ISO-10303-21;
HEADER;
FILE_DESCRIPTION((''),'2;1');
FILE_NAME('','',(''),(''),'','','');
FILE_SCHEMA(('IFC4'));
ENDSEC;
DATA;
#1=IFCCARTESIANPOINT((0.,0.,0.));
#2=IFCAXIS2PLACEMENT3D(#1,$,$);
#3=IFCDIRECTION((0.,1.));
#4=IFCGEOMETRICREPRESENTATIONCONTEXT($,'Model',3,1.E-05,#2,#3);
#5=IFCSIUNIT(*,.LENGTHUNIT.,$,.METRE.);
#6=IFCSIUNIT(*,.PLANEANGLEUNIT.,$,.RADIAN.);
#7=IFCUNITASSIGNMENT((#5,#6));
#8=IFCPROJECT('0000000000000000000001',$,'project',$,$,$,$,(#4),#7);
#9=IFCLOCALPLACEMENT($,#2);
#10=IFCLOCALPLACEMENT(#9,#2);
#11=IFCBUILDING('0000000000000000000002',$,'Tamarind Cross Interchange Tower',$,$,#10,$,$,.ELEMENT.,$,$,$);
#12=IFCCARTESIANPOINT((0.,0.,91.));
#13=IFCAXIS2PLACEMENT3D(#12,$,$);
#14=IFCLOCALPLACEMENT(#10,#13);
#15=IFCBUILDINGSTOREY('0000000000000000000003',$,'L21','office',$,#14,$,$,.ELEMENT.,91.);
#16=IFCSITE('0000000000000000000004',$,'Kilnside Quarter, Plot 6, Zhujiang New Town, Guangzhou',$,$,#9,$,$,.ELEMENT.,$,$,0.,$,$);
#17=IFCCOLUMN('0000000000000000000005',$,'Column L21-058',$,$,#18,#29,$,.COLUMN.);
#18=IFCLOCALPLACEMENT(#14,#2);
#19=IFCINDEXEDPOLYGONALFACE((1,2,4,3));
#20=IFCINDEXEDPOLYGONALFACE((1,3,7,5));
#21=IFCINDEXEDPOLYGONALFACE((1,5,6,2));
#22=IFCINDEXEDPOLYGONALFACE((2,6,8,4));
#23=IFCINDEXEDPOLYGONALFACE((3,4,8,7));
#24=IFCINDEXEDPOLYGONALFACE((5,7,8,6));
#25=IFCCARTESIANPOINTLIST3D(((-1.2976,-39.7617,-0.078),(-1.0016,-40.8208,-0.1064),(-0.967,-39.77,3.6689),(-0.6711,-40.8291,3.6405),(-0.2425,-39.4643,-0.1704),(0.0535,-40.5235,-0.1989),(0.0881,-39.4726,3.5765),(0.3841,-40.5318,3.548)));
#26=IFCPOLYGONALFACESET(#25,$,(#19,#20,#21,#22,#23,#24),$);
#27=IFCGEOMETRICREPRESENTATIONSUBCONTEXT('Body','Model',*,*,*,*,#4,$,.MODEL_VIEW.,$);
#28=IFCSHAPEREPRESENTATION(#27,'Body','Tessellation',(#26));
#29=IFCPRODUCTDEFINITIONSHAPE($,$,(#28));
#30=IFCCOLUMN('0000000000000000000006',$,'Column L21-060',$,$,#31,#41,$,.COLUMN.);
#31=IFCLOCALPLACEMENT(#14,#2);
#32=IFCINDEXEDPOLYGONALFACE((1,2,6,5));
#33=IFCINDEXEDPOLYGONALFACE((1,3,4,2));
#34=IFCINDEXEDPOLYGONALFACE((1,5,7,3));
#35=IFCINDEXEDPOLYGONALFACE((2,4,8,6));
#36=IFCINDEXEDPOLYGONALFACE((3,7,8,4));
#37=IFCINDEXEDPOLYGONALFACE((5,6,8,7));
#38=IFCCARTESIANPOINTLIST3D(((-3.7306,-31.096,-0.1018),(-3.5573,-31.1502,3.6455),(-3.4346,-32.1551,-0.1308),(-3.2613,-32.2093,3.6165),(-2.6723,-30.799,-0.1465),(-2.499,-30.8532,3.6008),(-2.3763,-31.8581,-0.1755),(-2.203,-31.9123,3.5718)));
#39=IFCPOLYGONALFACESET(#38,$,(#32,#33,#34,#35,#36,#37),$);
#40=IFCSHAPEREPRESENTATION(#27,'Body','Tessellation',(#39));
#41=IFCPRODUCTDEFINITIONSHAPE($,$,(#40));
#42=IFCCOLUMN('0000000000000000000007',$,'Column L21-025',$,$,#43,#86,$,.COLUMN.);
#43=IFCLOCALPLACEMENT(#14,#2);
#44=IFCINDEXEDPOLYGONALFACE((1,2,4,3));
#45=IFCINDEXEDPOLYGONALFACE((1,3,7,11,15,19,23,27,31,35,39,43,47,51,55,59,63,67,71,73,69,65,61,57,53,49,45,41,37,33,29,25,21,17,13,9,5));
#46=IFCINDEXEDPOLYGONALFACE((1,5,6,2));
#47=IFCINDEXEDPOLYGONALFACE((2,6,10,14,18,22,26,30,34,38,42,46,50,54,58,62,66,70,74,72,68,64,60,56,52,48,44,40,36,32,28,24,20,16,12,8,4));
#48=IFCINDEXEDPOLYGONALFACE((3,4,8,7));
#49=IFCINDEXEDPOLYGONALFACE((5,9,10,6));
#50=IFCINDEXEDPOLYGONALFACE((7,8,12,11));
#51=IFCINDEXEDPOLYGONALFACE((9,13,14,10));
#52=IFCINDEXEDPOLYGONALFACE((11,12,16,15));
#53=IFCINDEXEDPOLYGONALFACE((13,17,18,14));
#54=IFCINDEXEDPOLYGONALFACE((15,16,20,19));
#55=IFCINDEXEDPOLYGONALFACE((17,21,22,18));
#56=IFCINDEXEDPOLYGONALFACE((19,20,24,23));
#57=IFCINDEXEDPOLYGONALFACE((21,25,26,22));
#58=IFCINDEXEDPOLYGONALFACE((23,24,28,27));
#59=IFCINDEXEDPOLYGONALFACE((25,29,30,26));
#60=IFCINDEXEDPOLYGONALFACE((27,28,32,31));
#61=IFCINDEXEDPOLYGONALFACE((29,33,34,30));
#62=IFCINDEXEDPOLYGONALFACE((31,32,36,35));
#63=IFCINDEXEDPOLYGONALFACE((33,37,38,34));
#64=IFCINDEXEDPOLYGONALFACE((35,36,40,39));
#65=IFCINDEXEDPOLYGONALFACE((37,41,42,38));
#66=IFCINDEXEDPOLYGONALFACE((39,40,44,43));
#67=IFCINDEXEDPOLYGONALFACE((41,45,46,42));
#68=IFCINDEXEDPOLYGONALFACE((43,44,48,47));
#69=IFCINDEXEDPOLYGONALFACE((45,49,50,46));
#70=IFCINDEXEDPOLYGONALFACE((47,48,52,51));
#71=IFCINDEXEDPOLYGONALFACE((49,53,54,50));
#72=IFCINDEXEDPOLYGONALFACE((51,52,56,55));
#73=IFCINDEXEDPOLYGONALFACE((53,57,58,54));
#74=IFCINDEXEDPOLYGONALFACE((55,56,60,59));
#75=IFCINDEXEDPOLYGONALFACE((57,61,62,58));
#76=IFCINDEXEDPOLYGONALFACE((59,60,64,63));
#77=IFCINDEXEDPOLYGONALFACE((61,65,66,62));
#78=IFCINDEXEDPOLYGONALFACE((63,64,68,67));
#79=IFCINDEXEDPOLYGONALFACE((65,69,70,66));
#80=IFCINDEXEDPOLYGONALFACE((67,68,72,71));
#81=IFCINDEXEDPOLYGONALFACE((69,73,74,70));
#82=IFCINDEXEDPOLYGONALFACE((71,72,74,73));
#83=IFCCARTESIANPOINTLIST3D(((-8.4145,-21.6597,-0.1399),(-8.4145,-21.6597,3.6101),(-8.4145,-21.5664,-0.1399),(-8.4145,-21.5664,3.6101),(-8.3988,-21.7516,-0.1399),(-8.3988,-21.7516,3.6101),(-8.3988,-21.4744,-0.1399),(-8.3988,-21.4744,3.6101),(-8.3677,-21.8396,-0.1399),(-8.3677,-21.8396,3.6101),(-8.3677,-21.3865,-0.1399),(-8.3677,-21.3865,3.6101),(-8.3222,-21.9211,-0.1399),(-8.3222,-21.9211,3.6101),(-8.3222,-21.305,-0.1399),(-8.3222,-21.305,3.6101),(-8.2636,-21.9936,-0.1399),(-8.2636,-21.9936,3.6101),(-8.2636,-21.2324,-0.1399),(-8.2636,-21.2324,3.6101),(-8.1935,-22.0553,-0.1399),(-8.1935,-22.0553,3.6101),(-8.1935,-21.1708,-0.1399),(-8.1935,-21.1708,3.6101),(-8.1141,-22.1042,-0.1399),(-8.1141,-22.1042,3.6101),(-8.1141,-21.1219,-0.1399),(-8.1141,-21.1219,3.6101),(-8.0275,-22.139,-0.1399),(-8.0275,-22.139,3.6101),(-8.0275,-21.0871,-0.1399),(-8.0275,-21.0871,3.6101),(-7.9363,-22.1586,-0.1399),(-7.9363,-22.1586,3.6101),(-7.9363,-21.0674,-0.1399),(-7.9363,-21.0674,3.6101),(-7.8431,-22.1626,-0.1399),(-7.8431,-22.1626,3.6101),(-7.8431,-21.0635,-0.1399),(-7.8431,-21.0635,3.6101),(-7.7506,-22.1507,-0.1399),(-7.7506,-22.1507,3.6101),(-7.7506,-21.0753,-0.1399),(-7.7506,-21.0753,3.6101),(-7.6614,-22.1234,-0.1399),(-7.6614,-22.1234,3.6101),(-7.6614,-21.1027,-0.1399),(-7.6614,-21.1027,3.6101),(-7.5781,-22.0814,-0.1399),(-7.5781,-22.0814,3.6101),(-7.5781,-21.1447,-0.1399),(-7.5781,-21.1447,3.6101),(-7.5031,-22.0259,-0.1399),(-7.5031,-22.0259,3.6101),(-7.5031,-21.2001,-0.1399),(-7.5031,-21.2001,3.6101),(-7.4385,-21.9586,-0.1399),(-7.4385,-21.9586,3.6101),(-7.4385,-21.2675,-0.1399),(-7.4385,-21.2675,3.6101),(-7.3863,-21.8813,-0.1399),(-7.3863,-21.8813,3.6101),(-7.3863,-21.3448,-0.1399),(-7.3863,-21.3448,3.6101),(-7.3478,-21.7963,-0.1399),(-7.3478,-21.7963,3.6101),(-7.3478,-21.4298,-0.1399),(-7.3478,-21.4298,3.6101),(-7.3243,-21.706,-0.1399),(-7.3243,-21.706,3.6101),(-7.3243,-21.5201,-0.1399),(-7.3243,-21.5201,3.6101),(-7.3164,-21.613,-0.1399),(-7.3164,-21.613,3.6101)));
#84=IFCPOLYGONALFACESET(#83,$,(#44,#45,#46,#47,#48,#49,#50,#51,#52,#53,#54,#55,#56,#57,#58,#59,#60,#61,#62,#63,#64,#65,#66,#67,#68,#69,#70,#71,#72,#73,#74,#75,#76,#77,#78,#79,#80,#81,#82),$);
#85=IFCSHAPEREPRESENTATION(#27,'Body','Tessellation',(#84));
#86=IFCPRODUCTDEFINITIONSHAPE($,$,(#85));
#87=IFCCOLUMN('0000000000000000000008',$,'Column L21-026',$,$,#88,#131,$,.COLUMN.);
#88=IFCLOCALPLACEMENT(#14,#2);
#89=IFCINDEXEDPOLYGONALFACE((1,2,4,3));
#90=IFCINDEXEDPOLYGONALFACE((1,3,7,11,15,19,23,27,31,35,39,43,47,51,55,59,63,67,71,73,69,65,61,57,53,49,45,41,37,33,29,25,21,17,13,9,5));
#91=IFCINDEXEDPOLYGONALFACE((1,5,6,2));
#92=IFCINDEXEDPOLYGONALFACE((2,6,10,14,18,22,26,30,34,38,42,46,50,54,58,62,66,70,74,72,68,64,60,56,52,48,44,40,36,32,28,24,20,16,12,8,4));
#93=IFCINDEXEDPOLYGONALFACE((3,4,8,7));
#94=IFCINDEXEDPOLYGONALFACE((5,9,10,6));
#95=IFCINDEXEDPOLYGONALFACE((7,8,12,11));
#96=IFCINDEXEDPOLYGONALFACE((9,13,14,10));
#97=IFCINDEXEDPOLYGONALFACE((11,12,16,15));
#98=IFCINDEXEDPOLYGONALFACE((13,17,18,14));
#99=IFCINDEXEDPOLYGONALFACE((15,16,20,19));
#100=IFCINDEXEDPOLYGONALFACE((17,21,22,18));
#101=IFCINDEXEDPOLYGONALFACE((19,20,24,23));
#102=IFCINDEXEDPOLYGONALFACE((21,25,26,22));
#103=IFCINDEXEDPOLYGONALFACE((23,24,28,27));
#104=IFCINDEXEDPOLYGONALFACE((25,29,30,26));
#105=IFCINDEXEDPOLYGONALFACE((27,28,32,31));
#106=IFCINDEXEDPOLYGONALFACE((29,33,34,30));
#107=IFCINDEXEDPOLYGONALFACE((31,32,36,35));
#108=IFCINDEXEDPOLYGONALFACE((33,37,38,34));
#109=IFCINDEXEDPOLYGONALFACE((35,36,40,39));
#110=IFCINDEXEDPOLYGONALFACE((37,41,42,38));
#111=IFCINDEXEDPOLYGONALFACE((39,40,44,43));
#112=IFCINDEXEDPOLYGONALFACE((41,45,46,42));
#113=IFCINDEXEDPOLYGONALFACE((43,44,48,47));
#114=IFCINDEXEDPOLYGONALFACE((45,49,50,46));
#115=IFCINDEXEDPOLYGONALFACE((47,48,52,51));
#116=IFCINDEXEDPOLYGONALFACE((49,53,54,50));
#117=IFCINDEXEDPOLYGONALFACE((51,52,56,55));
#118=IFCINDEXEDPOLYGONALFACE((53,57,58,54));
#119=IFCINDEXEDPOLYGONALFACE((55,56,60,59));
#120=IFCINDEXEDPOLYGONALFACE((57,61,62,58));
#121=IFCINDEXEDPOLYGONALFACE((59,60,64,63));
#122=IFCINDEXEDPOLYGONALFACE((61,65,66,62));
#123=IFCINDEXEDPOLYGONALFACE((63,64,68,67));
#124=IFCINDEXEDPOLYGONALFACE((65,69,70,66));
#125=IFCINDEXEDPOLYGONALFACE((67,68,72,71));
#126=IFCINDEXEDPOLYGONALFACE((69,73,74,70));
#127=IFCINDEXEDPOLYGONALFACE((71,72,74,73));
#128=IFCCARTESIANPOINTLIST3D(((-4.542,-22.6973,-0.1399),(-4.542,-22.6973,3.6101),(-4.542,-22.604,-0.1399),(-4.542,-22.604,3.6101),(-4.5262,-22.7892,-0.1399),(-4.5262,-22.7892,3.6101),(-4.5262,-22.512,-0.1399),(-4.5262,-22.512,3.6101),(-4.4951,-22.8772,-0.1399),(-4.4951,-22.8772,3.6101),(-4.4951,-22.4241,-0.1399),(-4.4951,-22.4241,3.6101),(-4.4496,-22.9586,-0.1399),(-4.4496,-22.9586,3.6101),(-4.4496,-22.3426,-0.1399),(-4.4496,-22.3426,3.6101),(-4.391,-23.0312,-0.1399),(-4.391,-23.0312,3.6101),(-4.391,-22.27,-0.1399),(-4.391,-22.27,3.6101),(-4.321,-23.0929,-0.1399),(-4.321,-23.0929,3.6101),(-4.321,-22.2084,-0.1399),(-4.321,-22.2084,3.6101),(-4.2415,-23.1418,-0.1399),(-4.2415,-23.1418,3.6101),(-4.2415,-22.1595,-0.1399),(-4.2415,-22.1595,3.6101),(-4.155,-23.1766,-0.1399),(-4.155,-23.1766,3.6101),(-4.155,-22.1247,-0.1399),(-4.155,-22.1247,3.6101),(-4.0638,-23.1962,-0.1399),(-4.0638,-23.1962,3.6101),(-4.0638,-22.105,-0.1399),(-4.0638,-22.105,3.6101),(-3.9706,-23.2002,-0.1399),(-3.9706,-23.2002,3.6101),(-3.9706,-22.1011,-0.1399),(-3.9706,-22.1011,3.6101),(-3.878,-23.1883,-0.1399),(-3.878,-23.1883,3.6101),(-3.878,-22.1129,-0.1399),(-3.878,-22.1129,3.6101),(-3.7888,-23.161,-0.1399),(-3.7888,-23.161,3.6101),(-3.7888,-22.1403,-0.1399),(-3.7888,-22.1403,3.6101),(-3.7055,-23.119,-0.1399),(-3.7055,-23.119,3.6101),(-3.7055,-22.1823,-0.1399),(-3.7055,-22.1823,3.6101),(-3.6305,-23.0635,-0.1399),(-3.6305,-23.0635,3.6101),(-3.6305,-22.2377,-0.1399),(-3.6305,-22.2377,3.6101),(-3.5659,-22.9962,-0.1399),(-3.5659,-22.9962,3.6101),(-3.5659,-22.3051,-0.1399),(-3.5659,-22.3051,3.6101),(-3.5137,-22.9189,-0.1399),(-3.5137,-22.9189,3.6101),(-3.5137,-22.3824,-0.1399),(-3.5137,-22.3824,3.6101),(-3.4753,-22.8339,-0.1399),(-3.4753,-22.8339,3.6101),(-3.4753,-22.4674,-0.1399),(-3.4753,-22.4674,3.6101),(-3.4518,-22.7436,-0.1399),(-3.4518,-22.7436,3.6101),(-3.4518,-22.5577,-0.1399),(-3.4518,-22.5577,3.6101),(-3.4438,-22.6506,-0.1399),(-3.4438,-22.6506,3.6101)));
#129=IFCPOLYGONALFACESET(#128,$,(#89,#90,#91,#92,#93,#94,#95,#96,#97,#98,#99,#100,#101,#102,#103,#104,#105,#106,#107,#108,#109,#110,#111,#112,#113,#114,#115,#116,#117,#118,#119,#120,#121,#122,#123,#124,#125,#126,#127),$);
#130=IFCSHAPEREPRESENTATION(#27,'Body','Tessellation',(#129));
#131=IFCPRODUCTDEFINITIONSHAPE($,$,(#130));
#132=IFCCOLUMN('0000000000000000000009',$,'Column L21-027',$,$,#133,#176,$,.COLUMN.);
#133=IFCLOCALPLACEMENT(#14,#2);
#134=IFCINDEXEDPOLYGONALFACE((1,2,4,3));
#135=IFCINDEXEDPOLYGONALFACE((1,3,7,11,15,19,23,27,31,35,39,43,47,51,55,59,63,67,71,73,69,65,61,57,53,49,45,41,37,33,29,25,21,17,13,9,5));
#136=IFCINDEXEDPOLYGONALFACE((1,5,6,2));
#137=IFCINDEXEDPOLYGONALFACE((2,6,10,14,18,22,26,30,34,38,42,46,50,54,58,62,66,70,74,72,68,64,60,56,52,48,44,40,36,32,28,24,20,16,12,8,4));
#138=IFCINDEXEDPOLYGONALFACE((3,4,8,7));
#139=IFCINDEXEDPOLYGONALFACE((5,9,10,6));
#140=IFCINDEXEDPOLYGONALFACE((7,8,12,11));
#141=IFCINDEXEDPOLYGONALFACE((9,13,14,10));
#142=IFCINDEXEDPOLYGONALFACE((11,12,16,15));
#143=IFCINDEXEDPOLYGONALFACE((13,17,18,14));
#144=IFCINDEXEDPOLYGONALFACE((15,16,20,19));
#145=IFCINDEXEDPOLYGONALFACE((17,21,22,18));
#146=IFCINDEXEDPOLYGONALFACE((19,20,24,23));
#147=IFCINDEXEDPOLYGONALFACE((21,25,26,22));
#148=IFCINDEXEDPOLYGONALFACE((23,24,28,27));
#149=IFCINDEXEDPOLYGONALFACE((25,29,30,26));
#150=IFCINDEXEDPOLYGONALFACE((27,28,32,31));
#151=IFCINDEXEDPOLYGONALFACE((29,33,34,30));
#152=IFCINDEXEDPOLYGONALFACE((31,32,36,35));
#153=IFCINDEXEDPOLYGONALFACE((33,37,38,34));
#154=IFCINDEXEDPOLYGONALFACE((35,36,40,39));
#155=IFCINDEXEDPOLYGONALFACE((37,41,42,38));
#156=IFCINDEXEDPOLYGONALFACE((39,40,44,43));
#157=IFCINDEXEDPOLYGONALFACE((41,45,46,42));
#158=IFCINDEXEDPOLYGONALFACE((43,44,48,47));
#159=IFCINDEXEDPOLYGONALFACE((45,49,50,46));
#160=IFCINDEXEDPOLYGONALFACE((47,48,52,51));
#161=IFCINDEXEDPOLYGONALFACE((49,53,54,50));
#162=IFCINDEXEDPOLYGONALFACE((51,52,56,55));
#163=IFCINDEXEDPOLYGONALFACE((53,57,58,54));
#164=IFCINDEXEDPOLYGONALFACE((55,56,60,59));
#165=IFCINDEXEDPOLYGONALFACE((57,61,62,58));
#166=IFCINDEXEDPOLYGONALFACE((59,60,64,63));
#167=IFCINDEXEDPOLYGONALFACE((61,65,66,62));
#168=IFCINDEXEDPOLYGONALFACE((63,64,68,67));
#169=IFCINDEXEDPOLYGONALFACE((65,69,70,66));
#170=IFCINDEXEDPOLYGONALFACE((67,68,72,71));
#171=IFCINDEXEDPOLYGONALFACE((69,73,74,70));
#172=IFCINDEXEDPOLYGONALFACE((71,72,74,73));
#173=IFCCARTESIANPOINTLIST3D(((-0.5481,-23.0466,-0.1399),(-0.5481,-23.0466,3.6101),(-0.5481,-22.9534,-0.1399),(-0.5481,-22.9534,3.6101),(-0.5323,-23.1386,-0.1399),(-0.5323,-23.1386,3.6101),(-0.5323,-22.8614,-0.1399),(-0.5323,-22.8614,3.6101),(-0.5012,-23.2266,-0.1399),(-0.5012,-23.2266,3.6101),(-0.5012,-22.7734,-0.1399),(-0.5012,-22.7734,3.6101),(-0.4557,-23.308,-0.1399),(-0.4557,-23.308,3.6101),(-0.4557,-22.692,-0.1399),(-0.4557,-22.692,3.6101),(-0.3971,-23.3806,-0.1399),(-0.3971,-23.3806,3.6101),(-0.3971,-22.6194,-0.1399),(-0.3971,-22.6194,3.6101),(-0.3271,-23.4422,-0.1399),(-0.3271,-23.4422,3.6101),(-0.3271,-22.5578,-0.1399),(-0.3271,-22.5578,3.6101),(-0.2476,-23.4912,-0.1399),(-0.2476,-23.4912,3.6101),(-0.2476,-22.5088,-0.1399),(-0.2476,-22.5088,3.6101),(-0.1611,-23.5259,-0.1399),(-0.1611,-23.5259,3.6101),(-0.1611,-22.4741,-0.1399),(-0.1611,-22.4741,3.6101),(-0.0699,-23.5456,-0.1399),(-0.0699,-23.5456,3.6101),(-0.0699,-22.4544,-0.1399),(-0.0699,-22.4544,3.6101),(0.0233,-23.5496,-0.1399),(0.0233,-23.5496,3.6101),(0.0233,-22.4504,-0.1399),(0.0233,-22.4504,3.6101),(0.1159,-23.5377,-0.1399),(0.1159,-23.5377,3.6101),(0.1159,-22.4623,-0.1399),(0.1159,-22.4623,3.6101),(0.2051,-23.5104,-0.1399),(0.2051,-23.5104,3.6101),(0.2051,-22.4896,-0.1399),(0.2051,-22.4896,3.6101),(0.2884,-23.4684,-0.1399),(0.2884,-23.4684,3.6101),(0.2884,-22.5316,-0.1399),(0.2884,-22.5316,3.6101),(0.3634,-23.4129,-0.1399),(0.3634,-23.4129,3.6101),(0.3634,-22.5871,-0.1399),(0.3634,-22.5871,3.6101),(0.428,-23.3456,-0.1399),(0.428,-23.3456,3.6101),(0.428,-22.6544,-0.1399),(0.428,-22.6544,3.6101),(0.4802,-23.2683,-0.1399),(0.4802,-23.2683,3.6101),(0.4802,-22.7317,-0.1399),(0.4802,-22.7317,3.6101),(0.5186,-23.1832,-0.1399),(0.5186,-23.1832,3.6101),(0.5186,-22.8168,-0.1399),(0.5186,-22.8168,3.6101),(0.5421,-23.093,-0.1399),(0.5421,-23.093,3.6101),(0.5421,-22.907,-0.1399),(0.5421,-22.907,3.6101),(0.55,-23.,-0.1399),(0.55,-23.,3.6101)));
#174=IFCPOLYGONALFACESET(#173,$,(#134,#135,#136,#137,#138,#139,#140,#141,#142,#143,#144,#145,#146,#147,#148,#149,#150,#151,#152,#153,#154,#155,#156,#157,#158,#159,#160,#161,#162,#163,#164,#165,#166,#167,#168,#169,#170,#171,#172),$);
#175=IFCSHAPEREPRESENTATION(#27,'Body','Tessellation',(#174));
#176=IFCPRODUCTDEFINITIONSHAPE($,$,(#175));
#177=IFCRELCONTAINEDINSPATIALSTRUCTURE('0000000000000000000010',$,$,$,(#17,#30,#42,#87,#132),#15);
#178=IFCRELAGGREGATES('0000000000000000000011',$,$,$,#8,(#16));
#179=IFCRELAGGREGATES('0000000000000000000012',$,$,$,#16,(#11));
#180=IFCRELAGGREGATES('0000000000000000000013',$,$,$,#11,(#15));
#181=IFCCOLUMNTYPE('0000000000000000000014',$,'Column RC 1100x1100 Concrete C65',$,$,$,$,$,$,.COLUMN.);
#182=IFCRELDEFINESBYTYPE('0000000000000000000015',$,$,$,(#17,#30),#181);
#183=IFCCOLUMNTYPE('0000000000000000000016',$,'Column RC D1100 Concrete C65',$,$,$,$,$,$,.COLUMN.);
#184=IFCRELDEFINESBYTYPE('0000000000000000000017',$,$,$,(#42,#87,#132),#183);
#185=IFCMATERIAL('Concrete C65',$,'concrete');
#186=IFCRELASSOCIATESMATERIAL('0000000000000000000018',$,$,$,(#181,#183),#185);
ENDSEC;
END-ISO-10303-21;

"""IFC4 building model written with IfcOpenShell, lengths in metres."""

from ifc_helpers import new_model, si_unit, direction, frame, origin, origin_2d, place, context, subcontext, project, spatial, rectangle, circle, extrude, material, material_profile, profile_set, type_object, element, save


model = new_model("IFC4")

# Units and contexts
model_context = context("Model", 3, precision=1e-05, world=origin(), true_north=direction((0.0, 1.0)))
body_context = subcontext(model_context, "Body", "Model", "MODEL_VIEW")
ifc_project = project(units=[si_unit("LENGTHUNIT", "METRE"), si_unit("PLANEANGLEUNIT", "RADIAN")], contexts=[model_context])

# Site, building, storey
site_placement = place(None, origin())
site = spatial("IfcSite", under=ifc_project, at=site_placement, Name="Kilnside Quarter, Plot 6, Zhujiang New Town, Guangzhou", CompositionType="ELEMENT", RefElevation=0.0)
building_placement = place(site_placement, origin())
building = spatial("IfcBuilding", under=site, at=building_placement, Name="Tamarind Cross Interchange Tower", CompositionType="ELEMENT")
storey_placement = place(building_placement, frame((0.0, 0.0, 91.0)))
storey = spatial("IfcBuildingStorey", under=building, at=storey_placement, Name="L21", Description="office", CompositionType="ELEMENT", Elevation=91.0)

# Columns
ifc_material_1 = material(Name="Concrete C65", Category="concrete")
ifc_material_profile_1 = material_profile(ifc_material_1, rectangle(XDim=1.1001, YDim=1.1001, at=origin_2d()), Name="RC 1100x1100")
ifc_profile_set_1 = profile_set([ifc_material_profile_1], Name="Concrete C65")
column_type_1 = type_object("IfcColumnType", Name="Column RC 1100x1100 Concrete C65", PredefinedType="COLUMN", material=ifc_profile_set_1)
column_1_placement = place(storey_placement, frame((-0.6221, -40.1426, -0.1384), z_axis=(0.087884, -0.002207, 0.996128), x_axis=(-0.269052, 0.962778, 0.02587)))
element("IfcColumn", 1, at=column_1_placement, inside=storey, type_object=column_type_1, Name="Column L21-058", PredefinedType="COLUMN", context=body_context, shape_type="SweptSolid", body=[
    extrude(rectangle(XDim=1.1001, YDim=1.1001, at=origin_2d()), origin(), (0.0, 0.0, 1.0), 3.7615),
])
column_2_placement = place(storey_placement, frame((-3.0535, -31.4771, -0.1387), z_axis=(0.046203, -0.014447, 0.998828), x_axis=(-0.269064, 0.962761, 0.026371)))
element("IfcColumn", 2, at=column_2_placement, inside=storey, type_object=column_type_1, Name="Column L21-060", PredefinedType="COLUMN", context=body_context, shape_type="SweptSolid", body=[
    extrude(rectangle(XDim=1.1001, YDim=1.1001, at=origin_2d()), origin(), (0.0, 0.0, 1.0), 3.7517),
])
ifc_material_profile_2 = material_profile(ifc_material_1, circle(Radius=0.55, at=origin_2d()), Name="RC D1100")
ifc_profile_set_2 = profile_set([ifc_material_profile_2], Name="Concrete C65")
column_type_2 = type_object("IfcColumnType", Name="Column RC D1100 Concrete C65", PredefinedType="COLUMN", material=ifc_profile_set_2)
for number, where, z_axis, x_axis, name in (
    (3, (-7.8665, -21.613, -0.1399), (0.0, 0.0, 1.0), (1.0, 0.0, 0.0), "Column L21-025"),
    (4, (-3.9939, -22.6506, -0.1399), (0.0, 0.0, 1.0), (1.0, 0.0, 0.0), "Column L21-026"),
    (5, (0.0, -23.0, -0.1399), (0.0, 0.0, 1.0), (1.0, 0.0, 0.0), "Column L21-027"),
):
    element("IfcColumn", number, at=place(storey_placement, frame(where, z_axis=z_axis, x_axis=x_axis)), inside=storey, type_object=column_type_2, Name=name, PredefinedType="COLUMN", context=body_context, shape_type="SweptSolid", body=[
        extrude(circle(Radius=0.55, at=origin_2d()), origin(), (0.0, 0.0, 1.0), 3.75),
    ])

save(model, "model.ifc")
